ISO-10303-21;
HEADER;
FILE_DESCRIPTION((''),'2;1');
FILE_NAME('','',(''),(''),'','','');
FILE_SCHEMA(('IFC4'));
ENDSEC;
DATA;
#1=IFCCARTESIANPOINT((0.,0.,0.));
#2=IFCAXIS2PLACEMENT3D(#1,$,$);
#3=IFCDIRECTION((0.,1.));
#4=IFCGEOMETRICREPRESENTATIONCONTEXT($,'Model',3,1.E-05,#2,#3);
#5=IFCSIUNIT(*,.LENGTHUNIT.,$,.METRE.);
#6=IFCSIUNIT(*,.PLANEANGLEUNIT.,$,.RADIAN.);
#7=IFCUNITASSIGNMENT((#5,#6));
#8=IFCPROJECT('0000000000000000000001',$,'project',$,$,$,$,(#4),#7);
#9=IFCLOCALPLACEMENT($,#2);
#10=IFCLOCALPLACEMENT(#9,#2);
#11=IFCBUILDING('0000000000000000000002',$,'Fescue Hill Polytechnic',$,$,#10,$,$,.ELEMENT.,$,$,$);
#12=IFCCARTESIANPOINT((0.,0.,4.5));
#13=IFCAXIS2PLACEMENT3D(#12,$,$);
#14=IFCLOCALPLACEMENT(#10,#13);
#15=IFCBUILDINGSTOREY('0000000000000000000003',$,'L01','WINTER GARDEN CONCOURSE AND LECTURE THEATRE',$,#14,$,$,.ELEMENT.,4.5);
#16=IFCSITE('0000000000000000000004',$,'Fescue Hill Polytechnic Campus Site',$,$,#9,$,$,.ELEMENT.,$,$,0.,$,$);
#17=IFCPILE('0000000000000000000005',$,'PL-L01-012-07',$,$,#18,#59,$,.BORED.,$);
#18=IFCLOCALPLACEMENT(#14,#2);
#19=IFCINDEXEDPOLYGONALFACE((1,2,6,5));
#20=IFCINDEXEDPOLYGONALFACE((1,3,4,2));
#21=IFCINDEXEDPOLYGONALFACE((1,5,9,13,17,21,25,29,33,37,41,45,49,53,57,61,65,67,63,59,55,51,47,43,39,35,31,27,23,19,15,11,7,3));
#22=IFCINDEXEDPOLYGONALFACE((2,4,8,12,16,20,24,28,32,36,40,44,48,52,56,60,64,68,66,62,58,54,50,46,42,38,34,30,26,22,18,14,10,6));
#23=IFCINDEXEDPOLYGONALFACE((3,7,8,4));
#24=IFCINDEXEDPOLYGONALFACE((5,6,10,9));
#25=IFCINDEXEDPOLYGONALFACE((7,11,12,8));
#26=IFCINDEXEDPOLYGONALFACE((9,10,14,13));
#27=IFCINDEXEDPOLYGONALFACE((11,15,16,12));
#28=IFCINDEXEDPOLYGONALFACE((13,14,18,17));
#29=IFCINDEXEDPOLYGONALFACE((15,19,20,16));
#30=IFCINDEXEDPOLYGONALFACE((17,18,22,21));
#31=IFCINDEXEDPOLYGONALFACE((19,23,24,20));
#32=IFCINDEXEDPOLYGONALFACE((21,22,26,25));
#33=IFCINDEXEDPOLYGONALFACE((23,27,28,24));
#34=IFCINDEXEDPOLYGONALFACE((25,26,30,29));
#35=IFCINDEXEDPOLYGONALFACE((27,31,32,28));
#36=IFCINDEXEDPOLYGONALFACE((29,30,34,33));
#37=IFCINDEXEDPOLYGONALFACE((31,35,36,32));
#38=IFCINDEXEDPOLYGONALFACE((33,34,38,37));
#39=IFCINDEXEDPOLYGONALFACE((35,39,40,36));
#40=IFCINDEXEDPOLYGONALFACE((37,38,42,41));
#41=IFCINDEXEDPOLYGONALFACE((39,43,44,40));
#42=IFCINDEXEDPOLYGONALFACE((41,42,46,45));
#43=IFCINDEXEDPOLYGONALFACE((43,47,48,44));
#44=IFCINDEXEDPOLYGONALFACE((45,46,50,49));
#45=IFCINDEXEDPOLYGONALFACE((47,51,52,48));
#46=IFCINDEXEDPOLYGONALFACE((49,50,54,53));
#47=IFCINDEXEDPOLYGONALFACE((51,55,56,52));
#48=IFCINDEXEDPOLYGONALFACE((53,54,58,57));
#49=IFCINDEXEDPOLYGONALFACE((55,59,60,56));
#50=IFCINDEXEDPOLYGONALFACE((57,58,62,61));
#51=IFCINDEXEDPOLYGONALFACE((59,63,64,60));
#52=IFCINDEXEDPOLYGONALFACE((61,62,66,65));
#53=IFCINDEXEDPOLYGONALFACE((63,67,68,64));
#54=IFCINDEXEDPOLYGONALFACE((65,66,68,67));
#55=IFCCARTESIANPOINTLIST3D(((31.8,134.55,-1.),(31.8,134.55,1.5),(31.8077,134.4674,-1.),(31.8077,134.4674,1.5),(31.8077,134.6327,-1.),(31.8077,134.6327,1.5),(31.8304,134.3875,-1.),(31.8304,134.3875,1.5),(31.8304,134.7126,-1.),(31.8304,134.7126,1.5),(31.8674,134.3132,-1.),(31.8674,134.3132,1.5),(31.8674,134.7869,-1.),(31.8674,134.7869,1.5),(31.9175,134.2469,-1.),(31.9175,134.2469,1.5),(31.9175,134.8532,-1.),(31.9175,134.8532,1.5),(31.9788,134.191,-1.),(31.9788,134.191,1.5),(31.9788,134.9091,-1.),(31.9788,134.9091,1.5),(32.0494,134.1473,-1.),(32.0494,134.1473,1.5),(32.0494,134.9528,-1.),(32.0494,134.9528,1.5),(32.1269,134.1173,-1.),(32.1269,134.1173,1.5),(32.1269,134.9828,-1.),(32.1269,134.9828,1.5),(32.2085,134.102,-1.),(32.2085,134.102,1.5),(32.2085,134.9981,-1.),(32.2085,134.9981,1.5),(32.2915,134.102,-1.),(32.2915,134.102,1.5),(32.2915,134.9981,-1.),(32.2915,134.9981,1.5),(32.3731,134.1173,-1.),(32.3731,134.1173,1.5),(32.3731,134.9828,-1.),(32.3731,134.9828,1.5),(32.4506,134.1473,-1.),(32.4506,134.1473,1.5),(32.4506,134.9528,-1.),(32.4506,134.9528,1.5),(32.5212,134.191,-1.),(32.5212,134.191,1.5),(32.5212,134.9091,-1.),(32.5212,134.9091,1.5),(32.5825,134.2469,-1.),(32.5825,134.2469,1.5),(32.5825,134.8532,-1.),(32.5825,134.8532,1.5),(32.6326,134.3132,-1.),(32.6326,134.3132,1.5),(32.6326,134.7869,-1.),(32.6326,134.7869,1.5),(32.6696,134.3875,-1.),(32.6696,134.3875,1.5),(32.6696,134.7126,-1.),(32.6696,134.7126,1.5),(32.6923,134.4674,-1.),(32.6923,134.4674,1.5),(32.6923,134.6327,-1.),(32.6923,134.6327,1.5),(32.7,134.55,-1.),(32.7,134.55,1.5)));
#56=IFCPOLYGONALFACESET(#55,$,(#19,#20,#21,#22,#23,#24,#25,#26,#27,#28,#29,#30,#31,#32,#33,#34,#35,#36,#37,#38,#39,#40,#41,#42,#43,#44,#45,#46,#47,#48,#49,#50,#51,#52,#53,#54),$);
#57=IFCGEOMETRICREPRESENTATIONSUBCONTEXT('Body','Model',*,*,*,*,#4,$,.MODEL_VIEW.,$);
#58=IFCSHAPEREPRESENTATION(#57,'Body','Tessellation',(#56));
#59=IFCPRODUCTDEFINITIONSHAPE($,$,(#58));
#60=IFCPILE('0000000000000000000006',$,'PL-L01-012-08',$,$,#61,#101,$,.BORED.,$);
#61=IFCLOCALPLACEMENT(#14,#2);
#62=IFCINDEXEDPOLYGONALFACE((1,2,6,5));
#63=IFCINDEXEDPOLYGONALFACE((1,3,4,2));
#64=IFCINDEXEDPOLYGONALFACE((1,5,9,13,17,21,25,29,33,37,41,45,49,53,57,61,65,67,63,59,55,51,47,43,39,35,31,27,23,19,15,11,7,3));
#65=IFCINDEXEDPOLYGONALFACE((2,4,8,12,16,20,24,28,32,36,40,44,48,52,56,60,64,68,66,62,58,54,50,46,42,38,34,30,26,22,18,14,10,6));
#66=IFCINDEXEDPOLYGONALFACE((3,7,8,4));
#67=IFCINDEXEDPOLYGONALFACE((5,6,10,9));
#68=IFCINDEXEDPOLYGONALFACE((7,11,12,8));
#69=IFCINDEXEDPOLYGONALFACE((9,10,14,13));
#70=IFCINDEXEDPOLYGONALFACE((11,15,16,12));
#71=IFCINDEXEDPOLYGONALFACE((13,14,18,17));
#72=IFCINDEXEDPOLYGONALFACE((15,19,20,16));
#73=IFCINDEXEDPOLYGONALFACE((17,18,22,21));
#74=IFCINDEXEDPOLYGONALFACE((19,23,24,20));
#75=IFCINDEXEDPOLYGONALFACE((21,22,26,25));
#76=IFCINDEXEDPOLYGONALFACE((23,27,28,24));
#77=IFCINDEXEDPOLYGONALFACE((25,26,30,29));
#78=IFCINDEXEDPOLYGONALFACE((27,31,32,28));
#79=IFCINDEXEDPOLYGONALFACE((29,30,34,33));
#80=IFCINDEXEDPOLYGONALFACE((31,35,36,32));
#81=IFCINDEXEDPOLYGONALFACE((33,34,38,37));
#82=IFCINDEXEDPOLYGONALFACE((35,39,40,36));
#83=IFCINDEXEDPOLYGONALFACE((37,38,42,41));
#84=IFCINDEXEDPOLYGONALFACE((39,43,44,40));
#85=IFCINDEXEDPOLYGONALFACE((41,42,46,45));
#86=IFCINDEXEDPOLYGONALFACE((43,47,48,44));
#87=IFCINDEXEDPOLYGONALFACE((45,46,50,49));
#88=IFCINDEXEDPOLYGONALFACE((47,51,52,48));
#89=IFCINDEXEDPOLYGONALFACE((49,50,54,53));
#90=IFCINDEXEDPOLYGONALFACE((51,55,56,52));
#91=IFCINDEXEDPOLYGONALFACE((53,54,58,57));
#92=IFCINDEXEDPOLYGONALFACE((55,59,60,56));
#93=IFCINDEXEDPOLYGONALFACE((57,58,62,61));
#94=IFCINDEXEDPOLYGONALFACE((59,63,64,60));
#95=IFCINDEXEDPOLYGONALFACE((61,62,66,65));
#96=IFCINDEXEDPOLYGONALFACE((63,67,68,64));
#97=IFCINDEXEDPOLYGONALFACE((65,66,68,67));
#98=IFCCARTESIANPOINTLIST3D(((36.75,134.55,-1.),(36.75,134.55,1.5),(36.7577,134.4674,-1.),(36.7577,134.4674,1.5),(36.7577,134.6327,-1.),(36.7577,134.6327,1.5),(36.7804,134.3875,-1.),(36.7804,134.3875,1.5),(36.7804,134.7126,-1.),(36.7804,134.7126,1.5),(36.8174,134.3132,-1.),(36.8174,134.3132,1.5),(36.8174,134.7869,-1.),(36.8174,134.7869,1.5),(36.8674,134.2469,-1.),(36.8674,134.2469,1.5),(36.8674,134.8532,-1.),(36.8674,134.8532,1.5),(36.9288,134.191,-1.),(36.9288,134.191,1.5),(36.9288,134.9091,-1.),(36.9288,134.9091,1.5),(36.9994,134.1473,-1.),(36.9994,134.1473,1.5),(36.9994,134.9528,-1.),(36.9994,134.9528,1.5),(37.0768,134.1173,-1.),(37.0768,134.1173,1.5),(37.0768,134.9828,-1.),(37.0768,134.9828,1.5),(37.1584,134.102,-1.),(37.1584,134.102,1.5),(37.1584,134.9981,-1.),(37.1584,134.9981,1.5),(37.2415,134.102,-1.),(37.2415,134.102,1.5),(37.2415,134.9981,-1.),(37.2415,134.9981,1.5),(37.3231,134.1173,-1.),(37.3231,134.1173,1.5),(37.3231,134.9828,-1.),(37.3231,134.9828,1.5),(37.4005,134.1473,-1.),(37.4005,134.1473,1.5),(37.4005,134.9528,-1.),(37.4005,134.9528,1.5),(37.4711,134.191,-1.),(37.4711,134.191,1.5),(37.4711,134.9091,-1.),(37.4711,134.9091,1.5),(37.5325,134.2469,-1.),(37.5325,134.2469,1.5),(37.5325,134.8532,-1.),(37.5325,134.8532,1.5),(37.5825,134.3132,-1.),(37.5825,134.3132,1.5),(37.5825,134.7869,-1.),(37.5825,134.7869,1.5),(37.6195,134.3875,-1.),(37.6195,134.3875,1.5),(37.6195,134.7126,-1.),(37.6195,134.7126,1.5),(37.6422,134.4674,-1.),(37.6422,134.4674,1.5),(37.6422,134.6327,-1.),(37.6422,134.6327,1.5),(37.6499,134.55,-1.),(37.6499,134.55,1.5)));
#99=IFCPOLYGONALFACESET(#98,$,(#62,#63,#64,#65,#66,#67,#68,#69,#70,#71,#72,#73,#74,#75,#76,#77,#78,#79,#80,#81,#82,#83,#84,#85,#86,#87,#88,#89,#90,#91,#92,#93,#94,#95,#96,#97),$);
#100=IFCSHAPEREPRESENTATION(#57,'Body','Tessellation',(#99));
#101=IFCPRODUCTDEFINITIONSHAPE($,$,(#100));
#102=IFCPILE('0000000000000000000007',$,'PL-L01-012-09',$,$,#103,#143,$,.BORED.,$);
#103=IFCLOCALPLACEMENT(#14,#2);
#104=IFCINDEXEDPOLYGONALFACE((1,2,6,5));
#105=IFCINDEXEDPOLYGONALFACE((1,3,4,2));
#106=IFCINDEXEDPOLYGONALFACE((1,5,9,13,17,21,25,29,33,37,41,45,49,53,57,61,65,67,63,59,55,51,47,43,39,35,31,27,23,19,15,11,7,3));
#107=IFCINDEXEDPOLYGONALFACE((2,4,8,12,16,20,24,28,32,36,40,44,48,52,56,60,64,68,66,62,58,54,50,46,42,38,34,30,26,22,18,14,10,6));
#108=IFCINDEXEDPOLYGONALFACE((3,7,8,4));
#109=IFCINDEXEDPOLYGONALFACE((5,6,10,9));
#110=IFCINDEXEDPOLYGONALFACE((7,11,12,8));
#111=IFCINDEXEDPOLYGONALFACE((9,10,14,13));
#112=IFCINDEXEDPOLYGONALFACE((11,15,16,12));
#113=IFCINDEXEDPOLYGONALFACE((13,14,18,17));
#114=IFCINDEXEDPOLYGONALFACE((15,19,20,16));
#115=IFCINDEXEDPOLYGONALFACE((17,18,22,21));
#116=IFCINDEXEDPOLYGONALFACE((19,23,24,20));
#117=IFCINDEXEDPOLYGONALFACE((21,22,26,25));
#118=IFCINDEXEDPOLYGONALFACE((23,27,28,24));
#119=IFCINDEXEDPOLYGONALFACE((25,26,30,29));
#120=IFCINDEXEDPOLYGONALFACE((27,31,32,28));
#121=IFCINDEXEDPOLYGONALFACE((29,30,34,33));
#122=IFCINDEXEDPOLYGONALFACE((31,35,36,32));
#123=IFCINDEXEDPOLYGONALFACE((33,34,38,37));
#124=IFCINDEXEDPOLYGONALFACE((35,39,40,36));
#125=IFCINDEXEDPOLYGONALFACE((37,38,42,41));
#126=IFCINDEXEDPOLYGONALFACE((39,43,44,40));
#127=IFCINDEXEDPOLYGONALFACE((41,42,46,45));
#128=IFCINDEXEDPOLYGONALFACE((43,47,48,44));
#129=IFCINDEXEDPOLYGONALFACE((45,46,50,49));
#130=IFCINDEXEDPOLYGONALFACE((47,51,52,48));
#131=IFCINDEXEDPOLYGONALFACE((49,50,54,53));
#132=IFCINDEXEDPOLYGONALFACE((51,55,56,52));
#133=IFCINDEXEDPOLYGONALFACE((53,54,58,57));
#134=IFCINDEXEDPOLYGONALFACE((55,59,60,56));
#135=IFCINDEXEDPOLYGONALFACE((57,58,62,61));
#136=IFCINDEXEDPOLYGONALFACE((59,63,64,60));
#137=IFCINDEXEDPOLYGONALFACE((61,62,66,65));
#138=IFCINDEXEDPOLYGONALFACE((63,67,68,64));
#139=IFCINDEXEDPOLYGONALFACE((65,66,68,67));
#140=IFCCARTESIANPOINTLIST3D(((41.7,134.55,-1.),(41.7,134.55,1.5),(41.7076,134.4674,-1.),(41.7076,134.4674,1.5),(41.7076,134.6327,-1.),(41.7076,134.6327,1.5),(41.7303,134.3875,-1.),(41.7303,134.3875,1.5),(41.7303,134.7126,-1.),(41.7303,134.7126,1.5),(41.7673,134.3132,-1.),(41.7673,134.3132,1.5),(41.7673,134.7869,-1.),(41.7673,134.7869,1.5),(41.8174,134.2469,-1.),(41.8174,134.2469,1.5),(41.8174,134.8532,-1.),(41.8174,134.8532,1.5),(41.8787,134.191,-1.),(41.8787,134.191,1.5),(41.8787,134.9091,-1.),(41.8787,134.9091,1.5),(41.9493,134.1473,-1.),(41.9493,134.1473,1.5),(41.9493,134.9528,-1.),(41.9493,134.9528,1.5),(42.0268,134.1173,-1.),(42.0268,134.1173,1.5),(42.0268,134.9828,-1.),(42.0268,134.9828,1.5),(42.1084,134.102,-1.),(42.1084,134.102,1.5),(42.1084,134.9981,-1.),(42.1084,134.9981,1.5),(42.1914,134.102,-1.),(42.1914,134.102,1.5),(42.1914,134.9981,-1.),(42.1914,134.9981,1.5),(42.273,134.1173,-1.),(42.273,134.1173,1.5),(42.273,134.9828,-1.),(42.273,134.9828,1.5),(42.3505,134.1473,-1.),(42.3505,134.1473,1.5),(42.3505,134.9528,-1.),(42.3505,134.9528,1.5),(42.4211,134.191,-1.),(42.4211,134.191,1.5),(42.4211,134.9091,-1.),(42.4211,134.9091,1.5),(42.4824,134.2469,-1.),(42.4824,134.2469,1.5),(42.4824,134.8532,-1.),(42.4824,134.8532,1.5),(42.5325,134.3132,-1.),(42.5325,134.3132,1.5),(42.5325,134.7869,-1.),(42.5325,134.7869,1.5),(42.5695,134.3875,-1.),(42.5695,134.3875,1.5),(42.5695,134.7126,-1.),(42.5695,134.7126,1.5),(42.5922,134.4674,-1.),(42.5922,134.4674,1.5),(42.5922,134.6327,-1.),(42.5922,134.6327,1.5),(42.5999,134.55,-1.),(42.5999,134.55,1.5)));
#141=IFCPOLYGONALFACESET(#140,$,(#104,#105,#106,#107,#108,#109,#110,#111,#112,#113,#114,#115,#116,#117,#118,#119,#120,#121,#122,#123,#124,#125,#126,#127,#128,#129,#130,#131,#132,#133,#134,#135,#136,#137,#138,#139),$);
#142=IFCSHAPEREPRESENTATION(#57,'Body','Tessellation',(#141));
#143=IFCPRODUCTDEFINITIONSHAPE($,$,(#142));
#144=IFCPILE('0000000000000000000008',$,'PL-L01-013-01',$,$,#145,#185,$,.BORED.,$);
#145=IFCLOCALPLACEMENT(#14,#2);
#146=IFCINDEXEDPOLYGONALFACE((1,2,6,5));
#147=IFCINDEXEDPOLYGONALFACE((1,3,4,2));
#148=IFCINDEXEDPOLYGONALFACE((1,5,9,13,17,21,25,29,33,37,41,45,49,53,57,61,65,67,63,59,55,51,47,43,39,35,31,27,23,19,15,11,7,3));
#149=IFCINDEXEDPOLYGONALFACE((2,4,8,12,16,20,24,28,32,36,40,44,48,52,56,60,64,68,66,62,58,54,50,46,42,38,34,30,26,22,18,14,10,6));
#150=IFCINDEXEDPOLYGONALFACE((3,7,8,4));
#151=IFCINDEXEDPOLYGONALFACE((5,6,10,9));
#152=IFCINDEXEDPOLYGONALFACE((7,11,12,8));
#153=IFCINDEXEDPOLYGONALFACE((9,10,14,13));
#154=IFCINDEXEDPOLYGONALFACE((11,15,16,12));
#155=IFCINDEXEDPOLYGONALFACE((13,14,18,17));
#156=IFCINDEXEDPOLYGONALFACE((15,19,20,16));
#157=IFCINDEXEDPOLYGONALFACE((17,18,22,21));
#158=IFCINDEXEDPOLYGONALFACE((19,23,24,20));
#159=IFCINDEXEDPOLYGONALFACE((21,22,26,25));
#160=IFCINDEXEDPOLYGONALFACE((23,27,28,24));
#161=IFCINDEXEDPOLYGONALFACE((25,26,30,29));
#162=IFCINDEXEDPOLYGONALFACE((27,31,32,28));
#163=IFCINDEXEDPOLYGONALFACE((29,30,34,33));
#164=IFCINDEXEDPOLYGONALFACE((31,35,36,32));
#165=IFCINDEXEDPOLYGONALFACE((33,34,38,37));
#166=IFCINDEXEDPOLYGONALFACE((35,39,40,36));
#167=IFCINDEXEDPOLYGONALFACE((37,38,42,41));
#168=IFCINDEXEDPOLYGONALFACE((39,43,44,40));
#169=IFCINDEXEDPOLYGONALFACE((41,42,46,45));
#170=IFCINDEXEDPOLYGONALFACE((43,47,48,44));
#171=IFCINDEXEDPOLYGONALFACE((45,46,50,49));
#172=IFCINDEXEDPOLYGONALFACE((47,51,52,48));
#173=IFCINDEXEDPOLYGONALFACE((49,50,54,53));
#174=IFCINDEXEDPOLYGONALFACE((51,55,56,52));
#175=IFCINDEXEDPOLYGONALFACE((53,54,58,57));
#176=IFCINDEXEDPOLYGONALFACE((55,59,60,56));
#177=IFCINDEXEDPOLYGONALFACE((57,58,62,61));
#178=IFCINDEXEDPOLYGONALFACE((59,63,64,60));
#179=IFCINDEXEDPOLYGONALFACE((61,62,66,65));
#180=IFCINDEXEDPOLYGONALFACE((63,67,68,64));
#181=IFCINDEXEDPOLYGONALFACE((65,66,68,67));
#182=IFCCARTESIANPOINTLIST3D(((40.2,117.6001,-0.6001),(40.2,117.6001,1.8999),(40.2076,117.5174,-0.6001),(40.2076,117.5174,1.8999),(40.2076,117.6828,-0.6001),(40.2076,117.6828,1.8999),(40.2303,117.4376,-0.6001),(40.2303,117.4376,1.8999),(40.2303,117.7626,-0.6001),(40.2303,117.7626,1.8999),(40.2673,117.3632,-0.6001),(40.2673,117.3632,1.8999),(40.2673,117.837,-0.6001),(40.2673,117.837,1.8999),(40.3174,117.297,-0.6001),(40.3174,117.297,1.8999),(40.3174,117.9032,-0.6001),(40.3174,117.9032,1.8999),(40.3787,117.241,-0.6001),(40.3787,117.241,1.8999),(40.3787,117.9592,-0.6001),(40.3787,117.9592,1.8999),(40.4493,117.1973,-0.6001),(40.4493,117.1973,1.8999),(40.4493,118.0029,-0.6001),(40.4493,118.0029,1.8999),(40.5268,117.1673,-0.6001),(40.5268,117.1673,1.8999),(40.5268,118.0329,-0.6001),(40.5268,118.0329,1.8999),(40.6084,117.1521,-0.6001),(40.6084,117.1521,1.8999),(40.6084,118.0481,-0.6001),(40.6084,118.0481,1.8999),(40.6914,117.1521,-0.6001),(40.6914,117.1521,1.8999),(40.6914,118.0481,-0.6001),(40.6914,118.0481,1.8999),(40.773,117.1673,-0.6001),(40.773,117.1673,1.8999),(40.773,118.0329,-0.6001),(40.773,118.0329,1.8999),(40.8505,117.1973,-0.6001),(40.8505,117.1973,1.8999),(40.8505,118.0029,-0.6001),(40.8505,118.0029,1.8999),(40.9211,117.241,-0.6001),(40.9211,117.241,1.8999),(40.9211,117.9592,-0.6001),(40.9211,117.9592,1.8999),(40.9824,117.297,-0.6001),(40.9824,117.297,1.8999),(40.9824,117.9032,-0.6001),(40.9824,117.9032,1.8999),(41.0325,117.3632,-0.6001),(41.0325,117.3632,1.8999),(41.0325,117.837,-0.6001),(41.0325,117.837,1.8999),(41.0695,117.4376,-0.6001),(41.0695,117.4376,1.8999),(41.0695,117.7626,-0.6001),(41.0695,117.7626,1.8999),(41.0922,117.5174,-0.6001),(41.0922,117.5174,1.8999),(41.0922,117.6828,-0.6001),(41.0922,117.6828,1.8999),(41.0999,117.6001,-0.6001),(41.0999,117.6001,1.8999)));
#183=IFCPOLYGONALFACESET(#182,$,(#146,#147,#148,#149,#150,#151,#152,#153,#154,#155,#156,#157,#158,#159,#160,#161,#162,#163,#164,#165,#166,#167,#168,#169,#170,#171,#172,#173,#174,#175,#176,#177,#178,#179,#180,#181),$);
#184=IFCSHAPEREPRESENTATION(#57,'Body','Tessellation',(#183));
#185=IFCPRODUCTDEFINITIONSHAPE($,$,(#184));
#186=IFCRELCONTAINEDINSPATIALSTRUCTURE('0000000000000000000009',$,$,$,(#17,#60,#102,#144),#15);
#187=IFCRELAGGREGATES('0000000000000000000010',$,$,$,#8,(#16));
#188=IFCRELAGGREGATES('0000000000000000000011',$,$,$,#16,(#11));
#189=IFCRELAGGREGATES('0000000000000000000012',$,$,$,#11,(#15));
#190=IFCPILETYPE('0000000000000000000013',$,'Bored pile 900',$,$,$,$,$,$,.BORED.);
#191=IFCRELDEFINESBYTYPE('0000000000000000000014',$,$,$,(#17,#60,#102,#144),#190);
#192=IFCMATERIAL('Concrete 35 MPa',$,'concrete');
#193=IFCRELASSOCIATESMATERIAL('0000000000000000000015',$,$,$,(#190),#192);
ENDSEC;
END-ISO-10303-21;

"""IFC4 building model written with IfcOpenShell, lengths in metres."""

from ifc_helpers import new_model, si_unit, direction, frame, origin, origin_2d, place, context, subcontext, project, spatial, circle, extrude, material, material_profile, profile_set, type_object, element, save


model = new_model("IFC4")

# Units and contexts
model_context = context("Model", 3, precision=1e-05, world=origin(), true_north=direction((0.0, 1.0)))
body_context = subcontext(model_context, "Body", "Model", "MODEL_VIEW")
ifc_project = project(units=[si_unit("LENGTHUNIT", "METRE"), si_unit("PLANEANGLEUNIT", "RADIAN")], contexts=[model_context])

# Site, building, storey
site_placement = place(None, origin())
site = spatial("IfcSite", under=ifc_project, at=site_placement, Name="Fescue Hill Polytechnic Campus Site", CompositionType="ELEMENT", RefElevation=0.0)
building_placement = place(site_placement, origin())
building = spatial("IfcBuilding", under=site, at=building_placement, Name="Fescue Hill Polytechnic", CompositionType="ELEMENT")
storey_placement = place(building_placement, frame((0.0, 0.0, 4.5)))
storey = spatial("IfcBuildingStorey", under=building, at=storey_placement, Name="L01", Description="WINTER GARDEN CONCOURSE AND LECTURE THEATRE", CompositionType="ELEMENT", Elevation=4.5)

# Piles
ifc_material_1 = material(Name="Concrete 35 MPa", Category="concrete")
ifc_material_profile = material_profile(ifc_material_1, circle(Radius=0.45, at=origin_2d()), Name="Bored pile 900")
ifc_profile_set = profile_set([ifc_material_profile], Name="Concrete 35 MPa")
pile_type = type_object("IfcPileType", Name="Bored pile 900", PredefinedType="BORED", material=ifc_profile_set)
for number, where, z_axis, x_axis, name in (
    (1, (32.25, 134.55, 1.5), (0.0, 0.0, -1.0), (1.0, 0.0, 0.0), "PL-L01-012-07"),
    (2, (37.2, 134.55, 1.5), (0.0, 0.0, -1.0), (1.0, 0.0, 0.0), "PL-L01-012-08"),
    (3, (42.1499, 134.55, 1.5), (0.0, 0.0, -1.0), (1.0, 0.0, 0.0), "PL-L01-012-09"),
    (4, (40.6499, 117.6001, 1.8999), (0.0, 0.0, -1.0), (1.0, 0.0, 0.0), "PL-L01-013-01"),
):
    element("IfcPile", number, at=place(storey_placement, frame(where, z_axis=z_axis, x_axis=x_axis)), inside=storey, type_object=pile_type, Name=name, PredefinedType="BORED", context=body_context, shape_type="SweptSolid", body=[
        extrude(circle(Radius=0.45, at=origin_2d()), origin(), (0.0, 0.0, 1.0), 2.5),
    ])

save(model, "model.ifc")
